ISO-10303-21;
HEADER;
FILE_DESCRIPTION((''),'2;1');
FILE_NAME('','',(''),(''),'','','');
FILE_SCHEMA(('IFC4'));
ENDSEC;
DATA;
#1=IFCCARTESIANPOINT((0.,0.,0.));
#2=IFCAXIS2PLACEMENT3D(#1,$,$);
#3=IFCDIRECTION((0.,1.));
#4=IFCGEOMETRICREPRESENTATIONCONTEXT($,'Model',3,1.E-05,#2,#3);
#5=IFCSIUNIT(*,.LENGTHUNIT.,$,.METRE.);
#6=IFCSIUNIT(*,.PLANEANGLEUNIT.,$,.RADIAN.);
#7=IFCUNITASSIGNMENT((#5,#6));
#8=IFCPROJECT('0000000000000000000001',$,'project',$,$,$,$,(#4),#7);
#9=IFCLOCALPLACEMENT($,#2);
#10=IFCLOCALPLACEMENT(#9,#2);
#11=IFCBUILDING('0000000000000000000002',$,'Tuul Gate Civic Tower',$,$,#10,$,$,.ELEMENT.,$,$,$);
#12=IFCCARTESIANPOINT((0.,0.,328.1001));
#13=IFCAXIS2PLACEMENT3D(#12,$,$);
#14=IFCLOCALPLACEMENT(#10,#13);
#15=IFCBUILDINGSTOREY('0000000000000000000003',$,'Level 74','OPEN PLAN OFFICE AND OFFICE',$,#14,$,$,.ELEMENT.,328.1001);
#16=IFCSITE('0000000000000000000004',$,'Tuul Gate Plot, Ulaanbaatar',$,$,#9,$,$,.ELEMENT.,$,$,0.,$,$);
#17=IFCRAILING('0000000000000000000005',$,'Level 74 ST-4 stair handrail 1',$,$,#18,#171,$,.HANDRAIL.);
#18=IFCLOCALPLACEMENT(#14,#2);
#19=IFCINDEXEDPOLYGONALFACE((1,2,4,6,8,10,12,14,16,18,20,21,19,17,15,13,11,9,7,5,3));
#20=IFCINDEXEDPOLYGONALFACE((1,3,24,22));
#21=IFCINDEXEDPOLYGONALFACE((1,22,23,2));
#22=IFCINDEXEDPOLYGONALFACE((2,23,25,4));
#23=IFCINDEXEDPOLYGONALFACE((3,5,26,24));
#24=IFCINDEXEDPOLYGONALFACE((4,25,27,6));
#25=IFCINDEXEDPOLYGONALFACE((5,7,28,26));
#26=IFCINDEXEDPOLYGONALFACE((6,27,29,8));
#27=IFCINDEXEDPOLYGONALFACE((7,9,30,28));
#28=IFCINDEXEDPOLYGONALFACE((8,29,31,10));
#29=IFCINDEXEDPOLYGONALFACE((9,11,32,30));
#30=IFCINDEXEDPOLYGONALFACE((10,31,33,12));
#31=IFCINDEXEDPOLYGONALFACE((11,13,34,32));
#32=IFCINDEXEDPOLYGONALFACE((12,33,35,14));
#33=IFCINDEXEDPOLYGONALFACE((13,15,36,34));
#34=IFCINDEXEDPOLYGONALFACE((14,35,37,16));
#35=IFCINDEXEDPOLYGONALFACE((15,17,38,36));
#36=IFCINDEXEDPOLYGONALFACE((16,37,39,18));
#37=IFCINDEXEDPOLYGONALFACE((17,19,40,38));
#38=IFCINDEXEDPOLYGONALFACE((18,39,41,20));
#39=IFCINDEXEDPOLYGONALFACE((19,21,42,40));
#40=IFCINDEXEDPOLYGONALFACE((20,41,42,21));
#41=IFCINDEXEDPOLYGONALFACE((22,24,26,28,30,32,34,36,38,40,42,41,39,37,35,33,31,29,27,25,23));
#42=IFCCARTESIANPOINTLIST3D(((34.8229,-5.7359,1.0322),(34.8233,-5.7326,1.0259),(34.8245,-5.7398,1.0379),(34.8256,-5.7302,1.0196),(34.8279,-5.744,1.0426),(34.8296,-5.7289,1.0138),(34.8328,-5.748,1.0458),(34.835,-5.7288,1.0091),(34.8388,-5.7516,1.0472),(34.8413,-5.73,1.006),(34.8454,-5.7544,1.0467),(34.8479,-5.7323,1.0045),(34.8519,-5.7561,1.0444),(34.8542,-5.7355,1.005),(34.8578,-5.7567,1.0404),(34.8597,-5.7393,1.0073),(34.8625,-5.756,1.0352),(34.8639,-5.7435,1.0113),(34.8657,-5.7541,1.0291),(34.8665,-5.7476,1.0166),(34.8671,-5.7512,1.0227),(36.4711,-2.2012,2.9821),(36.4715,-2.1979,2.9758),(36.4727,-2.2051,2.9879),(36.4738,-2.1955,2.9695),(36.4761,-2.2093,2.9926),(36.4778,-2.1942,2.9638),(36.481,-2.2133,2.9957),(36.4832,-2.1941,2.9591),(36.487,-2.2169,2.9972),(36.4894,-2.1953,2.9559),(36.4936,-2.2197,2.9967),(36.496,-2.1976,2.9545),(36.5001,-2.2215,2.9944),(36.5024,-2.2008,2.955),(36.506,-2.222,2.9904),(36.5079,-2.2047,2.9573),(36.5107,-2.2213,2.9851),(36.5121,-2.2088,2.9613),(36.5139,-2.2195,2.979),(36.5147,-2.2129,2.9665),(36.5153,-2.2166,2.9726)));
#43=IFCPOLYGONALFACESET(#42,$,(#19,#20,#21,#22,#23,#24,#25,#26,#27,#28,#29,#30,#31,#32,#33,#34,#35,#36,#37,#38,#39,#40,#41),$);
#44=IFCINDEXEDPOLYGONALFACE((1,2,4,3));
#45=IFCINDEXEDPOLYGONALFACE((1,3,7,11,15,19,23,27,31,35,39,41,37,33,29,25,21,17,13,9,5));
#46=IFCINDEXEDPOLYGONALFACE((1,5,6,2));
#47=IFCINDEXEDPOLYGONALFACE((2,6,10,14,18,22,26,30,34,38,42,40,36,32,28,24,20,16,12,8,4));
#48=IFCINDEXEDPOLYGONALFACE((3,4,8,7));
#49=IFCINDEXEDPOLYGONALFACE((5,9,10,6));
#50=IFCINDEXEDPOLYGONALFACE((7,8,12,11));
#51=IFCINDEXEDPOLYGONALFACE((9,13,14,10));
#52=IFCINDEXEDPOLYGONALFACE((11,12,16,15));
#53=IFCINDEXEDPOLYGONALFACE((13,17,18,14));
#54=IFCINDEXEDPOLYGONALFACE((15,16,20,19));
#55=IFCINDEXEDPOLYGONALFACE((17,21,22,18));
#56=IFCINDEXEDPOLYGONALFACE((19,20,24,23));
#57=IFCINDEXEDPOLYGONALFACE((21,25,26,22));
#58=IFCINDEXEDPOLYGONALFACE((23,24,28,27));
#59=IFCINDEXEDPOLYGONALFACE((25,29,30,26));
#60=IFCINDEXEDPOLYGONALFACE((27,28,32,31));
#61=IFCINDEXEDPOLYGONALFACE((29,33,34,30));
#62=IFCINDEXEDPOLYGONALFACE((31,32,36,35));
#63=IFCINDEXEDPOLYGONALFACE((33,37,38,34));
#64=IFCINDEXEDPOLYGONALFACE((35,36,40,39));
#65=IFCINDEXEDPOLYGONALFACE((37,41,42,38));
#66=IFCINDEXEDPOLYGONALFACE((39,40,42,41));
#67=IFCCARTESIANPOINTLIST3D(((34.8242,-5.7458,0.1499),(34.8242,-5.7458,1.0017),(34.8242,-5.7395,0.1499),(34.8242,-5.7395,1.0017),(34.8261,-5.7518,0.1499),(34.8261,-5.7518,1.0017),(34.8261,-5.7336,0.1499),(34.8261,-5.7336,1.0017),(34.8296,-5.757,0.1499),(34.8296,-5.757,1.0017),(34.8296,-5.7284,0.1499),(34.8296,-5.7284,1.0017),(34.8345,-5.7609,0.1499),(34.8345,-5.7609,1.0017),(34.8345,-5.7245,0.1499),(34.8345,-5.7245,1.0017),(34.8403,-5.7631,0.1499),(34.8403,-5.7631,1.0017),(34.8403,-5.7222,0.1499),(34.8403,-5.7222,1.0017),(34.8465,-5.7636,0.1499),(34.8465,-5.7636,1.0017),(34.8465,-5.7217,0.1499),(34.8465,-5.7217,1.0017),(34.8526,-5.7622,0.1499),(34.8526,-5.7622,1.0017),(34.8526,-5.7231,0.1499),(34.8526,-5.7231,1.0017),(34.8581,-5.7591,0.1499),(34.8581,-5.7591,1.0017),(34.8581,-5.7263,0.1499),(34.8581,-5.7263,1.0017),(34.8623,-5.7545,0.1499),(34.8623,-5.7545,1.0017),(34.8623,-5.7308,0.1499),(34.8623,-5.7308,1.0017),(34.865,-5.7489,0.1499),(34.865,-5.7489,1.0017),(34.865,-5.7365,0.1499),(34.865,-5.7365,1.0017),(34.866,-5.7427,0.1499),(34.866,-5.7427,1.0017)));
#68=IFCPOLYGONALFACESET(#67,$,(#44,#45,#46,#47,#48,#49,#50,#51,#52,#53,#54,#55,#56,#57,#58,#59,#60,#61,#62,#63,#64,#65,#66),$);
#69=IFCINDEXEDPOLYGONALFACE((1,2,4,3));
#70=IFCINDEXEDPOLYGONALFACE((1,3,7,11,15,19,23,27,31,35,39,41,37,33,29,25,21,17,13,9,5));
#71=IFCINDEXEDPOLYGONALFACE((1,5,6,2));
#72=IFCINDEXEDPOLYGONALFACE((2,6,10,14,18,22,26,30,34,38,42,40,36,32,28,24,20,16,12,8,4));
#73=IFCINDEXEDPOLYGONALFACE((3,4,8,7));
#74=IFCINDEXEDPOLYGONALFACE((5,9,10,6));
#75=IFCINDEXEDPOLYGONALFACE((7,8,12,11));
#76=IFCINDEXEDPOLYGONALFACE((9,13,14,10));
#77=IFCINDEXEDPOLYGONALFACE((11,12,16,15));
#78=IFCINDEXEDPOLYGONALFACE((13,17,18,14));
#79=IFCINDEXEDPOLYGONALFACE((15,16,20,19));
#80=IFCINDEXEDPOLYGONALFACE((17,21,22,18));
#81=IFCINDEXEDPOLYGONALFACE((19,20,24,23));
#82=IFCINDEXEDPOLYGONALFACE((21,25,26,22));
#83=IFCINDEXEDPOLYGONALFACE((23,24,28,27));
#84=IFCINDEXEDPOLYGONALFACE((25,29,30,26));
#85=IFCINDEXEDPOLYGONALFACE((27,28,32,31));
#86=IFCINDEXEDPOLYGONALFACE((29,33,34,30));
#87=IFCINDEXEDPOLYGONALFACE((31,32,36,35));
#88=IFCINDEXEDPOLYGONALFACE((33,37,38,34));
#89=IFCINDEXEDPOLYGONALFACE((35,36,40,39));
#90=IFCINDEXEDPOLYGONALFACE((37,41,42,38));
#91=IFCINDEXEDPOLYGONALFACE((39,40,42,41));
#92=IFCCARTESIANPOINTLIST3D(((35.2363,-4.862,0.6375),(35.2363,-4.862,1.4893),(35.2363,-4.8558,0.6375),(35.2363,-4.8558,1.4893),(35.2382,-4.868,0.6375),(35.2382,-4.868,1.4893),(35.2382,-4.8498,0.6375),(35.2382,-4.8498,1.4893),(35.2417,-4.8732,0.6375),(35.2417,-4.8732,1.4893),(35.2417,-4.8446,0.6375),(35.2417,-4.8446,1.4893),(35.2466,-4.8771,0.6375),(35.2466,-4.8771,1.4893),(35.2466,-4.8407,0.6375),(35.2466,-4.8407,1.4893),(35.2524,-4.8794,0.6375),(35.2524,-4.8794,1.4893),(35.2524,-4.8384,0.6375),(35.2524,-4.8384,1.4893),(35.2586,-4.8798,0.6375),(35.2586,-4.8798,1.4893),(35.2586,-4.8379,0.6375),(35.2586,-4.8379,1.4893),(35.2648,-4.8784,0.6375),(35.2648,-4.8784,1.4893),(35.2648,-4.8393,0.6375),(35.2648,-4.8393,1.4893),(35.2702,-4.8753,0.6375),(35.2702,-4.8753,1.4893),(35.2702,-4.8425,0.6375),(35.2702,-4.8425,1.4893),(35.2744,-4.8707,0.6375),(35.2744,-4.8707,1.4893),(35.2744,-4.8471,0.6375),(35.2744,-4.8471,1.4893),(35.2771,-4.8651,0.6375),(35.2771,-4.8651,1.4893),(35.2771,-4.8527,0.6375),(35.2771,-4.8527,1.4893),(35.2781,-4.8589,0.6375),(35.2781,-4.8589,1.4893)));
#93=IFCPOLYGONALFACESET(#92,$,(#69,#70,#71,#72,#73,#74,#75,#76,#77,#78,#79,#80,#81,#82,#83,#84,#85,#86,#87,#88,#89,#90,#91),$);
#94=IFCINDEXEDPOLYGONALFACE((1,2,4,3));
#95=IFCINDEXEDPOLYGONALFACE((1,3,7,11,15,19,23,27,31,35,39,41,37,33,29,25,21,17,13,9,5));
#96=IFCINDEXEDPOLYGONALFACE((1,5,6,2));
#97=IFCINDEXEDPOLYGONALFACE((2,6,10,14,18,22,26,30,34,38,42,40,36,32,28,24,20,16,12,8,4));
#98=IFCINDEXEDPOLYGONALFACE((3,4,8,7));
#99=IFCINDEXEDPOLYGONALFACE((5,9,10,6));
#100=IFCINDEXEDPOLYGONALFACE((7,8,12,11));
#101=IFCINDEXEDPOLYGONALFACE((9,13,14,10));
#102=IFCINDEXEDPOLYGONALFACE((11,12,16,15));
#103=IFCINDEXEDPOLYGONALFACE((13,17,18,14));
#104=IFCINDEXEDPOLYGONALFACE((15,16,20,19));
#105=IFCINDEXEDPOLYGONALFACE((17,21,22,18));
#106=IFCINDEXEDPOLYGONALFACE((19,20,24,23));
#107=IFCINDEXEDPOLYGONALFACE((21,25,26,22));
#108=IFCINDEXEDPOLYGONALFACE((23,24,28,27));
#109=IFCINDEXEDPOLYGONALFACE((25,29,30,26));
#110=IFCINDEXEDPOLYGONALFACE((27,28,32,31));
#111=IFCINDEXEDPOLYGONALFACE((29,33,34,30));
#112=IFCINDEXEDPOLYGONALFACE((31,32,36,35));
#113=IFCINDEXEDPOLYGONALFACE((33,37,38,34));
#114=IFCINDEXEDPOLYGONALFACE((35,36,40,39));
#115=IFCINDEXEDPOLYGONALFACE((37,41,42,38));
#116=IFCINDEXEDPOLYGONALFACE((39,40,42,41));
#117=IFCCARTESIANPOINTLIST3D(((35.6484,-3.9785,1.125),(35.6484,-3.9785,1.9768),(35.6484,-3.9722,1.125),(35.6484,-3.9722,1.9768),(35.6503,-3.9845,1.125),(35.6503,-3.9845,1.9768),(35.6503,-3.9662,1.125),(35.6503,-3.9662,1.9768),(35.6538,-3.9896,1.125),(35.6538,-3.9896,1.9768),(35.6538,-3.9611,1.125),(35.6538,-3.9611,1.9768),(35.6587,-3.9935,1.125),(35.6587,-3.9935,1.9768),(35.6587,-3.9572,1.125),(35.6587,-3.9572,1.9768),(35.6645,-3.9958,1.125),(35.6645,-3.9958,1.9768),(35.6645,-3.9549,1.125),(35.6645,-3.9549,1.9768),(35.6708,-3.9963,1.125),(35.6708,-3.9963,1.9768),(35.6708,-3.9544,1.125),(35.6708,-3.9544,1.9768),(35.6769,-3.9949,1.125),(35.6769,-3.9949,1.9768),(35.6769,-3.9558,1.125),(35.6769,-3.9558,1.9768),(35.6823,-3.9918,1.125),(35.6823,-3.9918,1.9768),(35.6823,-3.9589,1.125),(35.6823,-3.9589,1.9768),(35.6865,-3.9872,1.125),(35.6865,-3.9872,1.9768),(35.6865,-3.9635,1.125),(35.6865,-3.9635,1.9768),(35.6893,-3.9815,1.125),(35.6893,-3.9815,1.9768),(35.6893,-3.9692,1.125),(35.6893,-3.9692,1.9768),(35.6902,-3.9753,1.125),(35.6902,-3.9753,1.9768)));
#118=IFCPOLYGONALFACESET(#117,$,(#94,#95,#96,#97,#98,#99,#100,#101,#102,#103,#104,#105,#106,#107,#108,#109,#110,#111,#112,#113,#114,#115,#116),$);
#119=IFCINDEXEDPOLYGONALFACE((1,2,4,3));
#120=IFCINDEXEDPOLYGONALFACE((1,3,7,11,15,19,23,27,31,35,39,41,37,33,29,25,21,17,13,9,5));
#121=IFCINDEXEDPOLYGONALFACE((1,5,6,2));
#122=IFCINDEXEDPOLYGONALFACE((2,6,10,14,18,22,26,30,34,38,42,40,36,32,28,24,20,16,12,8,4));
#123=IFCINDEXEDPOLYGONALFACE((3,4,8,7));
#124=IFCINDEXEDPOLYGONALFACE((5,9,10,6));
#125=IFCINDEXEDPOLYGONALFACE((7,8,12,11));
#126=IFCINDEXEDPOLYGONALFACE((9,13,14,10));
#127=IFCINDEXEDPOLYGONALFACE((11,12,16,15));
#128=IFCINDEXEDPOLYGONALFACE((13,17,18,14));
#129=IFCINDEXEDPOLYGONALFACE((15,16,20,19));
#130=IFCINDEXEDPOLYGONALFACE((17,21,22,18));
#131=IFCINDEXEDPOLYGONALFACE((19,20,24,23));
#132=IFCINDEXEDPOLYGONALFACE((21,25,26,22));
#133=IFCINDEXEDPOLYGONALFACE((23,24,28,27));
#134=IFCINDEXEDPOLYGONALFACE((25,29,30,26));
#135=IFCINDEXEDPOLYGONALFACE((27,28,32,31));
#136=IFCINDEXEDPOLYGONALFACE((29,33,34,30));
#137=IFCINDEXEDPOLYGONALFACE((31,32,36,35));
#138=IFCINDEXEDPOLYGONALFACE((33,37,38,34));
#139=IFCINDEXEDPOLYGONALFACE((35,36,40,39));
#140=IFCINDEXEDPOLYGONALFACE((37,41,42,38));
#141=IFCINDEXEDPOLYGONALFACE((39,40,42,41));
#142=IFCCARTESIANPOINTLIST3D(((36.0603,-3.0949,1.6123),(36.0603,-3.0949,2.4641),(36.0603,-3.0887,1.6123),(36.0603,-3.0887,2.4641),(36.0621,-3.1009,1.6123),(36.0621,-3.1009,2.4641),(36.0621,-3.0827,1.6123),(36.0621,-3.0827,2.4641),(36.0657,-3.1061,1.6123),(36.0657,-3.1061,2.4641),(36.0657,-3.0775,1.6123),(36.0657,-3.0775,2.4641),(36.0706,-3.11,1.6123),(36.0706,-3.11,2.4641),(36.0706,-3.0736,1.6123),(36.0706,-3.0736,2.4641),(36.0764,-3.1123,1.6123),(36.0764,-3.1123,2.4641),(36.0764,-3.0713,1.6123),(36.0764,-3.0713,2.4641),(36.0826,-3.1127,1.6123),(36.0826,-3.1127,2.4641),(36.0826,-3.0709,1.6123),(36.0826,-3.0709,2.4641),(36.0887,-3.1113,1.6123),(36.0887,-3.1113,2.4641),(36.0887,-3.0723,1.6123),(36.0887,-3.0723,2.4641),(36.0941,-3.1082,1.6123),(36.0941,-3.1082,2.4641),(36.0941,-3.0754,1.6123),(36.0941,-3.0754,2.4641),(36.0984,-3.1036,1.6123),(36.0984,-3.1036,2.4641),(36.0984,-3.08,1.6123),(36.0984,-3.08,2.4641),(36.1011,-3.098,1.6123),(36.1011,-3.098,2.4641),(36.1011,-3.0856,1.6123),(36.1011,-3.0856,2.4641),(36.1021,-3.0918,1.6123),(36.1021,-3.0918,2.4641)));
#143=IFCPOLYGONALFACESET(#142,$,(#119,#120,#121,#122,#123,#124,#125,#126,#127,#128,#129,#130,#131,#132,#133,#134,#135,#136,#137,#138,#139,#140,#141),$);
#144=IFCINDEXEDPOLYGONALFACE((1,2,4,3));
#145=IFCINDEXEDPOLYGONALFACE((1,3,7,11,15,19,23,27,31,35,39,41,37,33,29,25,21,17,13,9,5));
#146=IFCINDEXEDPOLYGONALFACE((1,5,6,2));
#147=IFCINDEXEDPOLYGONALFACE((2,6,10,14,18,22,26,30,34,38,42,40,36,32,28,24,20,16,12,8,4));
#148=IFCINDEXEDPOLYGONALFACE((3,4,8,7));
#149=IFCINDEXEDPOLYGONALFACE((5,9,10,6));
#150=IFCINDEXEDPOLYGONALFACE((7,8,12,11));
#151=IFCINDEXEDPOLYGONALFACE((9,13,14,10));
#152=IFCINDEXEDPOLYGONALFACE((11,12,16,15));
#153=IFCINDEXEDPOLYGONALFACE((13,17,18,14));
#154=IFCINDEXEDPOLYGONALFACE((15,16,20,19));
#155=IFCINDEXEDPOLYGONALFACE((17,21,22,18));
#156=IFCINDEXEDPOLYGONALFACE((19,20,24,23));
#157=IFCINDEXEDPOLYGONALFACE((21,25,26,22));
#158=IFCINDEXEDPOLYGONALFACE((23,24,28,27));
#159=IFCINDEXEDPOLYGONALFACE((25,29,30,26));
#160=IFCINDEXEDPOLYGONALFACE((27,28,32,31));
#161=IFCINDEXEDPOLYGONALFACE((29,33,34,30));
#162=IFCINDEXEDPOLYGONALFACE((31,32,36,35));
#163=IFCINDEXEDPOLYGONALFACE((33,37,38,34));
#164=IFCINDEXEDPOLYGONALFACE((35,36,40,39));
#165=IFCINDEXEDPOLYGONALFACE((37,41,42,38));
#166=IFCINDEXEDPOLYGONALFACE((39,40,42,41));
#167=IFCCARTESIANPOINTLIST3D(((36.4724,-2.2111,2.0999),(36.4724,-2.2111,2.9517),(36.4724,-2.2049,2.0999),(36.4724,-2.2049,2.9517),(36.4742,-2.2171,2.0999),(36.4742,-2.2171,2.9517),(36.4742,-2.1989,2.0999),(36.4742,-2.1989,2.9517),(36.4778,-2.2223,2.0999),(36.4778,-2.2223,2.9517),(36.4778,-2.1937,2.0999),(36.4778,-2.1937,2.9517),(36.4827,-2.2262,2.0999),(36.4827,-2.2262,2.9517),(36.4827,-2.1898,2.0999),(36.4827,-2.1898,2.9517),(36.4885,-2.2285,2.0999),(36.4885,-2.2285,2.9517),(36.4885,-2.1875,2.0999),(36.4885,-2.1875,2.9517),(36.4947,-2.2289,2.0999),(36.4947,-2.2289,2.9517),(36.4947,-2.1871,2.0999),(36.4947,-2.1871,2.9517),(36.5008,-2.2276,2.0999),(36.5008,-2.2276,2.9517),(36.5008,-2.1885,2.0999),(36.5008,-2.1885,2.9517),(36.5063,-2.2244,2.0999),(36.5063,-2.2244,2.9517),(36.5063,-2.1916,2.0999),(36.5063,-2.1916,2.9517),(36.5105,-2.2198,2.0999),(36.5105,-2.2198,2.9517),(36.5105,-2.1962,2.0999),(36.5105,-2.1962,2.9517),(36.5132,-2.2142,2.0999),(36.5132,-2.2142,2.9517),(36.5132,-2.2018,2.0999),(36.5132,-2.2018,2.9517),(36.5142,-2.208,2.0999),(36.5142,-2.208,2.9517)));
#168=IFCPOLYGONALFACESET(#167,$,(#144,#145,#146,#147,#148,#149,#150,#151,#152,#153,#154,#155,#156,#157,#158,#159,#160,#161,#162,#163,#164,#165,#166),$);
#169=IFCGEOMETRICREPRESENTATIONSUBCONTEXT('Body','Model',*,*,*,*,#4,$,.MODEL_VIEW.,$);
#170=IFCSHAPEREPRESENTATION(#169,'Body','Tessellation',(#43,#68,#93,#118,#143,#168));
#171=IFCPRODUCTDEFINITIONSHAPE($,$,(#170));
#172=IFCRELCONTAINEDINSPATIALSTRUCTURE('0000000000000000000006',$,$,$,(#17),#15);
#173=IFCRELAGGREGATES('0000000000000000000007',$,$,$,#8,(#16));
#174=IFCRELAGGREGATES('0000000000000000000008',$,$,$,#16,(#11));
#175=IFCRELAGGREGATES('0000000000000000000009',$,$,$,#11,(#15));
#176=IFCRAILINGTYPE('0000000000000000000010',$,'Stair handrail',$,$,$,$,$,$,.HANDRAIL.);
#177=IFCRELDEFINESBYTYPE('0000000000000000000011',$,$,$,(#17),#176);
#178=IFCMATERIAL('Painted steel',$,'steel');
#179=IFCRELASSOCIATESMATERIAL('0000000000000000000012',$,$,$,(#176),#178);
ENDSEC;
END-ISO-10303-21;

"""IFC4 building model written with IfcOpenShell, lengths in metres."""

from ifc_helpers import new_model, si_unit, direction, frame, origin, origin_2d, place, context, subcontext, project, spatial, circle, extrude, material, type_object, element, save


model = new_model("IFC4")

# Units and contexts
model_context = context("Model", 3, precision=1e-05, world=origin(), true_north=direction((0.0, 1.0)))
body_context = subcontext(model_context, "Body", "Model", "MODEL_VIEW")
ifc_project = project(units=[si_unit("LENGTHUNIT", "METRE"), si_unit("PLANEANGLEUNIT", "RADIAN")], contexts=[model_context])

# Site, building, storey
site_placement = place(None, origin())
site = spatial("IfcSite", under=ifc_project, at=site_placement, Name="Tuul Gate Plot, Ulaanbaatar", CompositionType="ELEMENT", RefElevation=0.0)
building_placement = place(site_placement, origin())
building = spatial("IfcBuilding", under=site, at=building_placement, Name="Tuul Gate Civic Tower", CompositionType="ELEMENT")
storey_placement = place(building_placement, frame((0.0, 0.0, 328.1001)))
storey = spatial("IfcBuildingStorey", under=building, at=storey_placement, Name="Level 74", Description="OPEN PLAN OFFICE AND OFFICE", CompositionType="ELEMENT", Elevation=328.1001)

# Railing
ifc_material_1 = material(Name="Painted steel", Category="steel")
railing_type = type_object("IfcRailingType", Name="Stair handrail", PredefinedType="HANDRAIL", material=ifc_material_1)
railing_1_placement = place(storey_placement, frame((34.845, -5.7427, 0.1499)))
element("IfcRailing", 1, at=railing_1_placement, inside=storey, type_object=railing_type, Name="Level 74 ST-4 stair handrail 1", PredefinedType="HANDRAIL", context=body_context, shape_type="SweptSolid", body=[
    extrude(circle(Radius=0.0239, at=origin_2d()), frame((0.0, 0.0, 0.876), z_axis=(0.377995, 0.810637, 0.4472), x_axis=(-0.906313, 0.422608, 0.0)), (0.0, 0.0, 1.0), 4.3604),
    extrude(circle(Radius=0.021, at=origin_2d()), origin(), (0.0, 0.0, 1.0), 0.8518),
    extrude(circle(Radius=0.021, at=origin_2d()), frame((0.4121, 0.8838, 0.4875)), (0.0, 0.0, 1.0), 0.8518),
    extrude(circle(Radius=0.021, at=origin_2d()), frame((0.8242, 1.7673, 0.9751)), (0.0, 0.0, 1.0), 0.8518),
    extrude(circle(Radius=0.021, at=origin_2d()), frame((1.2361, 2.6509, 1.4624)), (0.0, 0.0, 1.0), 0.8518),
    extrude(circle(Radius=0.021, at=origin_2d()), frame((1.6482, 3.5347, 1.95)), (0.0, 0.0, 1.0), 0.8518),
])

save(model, "model.ifc")
